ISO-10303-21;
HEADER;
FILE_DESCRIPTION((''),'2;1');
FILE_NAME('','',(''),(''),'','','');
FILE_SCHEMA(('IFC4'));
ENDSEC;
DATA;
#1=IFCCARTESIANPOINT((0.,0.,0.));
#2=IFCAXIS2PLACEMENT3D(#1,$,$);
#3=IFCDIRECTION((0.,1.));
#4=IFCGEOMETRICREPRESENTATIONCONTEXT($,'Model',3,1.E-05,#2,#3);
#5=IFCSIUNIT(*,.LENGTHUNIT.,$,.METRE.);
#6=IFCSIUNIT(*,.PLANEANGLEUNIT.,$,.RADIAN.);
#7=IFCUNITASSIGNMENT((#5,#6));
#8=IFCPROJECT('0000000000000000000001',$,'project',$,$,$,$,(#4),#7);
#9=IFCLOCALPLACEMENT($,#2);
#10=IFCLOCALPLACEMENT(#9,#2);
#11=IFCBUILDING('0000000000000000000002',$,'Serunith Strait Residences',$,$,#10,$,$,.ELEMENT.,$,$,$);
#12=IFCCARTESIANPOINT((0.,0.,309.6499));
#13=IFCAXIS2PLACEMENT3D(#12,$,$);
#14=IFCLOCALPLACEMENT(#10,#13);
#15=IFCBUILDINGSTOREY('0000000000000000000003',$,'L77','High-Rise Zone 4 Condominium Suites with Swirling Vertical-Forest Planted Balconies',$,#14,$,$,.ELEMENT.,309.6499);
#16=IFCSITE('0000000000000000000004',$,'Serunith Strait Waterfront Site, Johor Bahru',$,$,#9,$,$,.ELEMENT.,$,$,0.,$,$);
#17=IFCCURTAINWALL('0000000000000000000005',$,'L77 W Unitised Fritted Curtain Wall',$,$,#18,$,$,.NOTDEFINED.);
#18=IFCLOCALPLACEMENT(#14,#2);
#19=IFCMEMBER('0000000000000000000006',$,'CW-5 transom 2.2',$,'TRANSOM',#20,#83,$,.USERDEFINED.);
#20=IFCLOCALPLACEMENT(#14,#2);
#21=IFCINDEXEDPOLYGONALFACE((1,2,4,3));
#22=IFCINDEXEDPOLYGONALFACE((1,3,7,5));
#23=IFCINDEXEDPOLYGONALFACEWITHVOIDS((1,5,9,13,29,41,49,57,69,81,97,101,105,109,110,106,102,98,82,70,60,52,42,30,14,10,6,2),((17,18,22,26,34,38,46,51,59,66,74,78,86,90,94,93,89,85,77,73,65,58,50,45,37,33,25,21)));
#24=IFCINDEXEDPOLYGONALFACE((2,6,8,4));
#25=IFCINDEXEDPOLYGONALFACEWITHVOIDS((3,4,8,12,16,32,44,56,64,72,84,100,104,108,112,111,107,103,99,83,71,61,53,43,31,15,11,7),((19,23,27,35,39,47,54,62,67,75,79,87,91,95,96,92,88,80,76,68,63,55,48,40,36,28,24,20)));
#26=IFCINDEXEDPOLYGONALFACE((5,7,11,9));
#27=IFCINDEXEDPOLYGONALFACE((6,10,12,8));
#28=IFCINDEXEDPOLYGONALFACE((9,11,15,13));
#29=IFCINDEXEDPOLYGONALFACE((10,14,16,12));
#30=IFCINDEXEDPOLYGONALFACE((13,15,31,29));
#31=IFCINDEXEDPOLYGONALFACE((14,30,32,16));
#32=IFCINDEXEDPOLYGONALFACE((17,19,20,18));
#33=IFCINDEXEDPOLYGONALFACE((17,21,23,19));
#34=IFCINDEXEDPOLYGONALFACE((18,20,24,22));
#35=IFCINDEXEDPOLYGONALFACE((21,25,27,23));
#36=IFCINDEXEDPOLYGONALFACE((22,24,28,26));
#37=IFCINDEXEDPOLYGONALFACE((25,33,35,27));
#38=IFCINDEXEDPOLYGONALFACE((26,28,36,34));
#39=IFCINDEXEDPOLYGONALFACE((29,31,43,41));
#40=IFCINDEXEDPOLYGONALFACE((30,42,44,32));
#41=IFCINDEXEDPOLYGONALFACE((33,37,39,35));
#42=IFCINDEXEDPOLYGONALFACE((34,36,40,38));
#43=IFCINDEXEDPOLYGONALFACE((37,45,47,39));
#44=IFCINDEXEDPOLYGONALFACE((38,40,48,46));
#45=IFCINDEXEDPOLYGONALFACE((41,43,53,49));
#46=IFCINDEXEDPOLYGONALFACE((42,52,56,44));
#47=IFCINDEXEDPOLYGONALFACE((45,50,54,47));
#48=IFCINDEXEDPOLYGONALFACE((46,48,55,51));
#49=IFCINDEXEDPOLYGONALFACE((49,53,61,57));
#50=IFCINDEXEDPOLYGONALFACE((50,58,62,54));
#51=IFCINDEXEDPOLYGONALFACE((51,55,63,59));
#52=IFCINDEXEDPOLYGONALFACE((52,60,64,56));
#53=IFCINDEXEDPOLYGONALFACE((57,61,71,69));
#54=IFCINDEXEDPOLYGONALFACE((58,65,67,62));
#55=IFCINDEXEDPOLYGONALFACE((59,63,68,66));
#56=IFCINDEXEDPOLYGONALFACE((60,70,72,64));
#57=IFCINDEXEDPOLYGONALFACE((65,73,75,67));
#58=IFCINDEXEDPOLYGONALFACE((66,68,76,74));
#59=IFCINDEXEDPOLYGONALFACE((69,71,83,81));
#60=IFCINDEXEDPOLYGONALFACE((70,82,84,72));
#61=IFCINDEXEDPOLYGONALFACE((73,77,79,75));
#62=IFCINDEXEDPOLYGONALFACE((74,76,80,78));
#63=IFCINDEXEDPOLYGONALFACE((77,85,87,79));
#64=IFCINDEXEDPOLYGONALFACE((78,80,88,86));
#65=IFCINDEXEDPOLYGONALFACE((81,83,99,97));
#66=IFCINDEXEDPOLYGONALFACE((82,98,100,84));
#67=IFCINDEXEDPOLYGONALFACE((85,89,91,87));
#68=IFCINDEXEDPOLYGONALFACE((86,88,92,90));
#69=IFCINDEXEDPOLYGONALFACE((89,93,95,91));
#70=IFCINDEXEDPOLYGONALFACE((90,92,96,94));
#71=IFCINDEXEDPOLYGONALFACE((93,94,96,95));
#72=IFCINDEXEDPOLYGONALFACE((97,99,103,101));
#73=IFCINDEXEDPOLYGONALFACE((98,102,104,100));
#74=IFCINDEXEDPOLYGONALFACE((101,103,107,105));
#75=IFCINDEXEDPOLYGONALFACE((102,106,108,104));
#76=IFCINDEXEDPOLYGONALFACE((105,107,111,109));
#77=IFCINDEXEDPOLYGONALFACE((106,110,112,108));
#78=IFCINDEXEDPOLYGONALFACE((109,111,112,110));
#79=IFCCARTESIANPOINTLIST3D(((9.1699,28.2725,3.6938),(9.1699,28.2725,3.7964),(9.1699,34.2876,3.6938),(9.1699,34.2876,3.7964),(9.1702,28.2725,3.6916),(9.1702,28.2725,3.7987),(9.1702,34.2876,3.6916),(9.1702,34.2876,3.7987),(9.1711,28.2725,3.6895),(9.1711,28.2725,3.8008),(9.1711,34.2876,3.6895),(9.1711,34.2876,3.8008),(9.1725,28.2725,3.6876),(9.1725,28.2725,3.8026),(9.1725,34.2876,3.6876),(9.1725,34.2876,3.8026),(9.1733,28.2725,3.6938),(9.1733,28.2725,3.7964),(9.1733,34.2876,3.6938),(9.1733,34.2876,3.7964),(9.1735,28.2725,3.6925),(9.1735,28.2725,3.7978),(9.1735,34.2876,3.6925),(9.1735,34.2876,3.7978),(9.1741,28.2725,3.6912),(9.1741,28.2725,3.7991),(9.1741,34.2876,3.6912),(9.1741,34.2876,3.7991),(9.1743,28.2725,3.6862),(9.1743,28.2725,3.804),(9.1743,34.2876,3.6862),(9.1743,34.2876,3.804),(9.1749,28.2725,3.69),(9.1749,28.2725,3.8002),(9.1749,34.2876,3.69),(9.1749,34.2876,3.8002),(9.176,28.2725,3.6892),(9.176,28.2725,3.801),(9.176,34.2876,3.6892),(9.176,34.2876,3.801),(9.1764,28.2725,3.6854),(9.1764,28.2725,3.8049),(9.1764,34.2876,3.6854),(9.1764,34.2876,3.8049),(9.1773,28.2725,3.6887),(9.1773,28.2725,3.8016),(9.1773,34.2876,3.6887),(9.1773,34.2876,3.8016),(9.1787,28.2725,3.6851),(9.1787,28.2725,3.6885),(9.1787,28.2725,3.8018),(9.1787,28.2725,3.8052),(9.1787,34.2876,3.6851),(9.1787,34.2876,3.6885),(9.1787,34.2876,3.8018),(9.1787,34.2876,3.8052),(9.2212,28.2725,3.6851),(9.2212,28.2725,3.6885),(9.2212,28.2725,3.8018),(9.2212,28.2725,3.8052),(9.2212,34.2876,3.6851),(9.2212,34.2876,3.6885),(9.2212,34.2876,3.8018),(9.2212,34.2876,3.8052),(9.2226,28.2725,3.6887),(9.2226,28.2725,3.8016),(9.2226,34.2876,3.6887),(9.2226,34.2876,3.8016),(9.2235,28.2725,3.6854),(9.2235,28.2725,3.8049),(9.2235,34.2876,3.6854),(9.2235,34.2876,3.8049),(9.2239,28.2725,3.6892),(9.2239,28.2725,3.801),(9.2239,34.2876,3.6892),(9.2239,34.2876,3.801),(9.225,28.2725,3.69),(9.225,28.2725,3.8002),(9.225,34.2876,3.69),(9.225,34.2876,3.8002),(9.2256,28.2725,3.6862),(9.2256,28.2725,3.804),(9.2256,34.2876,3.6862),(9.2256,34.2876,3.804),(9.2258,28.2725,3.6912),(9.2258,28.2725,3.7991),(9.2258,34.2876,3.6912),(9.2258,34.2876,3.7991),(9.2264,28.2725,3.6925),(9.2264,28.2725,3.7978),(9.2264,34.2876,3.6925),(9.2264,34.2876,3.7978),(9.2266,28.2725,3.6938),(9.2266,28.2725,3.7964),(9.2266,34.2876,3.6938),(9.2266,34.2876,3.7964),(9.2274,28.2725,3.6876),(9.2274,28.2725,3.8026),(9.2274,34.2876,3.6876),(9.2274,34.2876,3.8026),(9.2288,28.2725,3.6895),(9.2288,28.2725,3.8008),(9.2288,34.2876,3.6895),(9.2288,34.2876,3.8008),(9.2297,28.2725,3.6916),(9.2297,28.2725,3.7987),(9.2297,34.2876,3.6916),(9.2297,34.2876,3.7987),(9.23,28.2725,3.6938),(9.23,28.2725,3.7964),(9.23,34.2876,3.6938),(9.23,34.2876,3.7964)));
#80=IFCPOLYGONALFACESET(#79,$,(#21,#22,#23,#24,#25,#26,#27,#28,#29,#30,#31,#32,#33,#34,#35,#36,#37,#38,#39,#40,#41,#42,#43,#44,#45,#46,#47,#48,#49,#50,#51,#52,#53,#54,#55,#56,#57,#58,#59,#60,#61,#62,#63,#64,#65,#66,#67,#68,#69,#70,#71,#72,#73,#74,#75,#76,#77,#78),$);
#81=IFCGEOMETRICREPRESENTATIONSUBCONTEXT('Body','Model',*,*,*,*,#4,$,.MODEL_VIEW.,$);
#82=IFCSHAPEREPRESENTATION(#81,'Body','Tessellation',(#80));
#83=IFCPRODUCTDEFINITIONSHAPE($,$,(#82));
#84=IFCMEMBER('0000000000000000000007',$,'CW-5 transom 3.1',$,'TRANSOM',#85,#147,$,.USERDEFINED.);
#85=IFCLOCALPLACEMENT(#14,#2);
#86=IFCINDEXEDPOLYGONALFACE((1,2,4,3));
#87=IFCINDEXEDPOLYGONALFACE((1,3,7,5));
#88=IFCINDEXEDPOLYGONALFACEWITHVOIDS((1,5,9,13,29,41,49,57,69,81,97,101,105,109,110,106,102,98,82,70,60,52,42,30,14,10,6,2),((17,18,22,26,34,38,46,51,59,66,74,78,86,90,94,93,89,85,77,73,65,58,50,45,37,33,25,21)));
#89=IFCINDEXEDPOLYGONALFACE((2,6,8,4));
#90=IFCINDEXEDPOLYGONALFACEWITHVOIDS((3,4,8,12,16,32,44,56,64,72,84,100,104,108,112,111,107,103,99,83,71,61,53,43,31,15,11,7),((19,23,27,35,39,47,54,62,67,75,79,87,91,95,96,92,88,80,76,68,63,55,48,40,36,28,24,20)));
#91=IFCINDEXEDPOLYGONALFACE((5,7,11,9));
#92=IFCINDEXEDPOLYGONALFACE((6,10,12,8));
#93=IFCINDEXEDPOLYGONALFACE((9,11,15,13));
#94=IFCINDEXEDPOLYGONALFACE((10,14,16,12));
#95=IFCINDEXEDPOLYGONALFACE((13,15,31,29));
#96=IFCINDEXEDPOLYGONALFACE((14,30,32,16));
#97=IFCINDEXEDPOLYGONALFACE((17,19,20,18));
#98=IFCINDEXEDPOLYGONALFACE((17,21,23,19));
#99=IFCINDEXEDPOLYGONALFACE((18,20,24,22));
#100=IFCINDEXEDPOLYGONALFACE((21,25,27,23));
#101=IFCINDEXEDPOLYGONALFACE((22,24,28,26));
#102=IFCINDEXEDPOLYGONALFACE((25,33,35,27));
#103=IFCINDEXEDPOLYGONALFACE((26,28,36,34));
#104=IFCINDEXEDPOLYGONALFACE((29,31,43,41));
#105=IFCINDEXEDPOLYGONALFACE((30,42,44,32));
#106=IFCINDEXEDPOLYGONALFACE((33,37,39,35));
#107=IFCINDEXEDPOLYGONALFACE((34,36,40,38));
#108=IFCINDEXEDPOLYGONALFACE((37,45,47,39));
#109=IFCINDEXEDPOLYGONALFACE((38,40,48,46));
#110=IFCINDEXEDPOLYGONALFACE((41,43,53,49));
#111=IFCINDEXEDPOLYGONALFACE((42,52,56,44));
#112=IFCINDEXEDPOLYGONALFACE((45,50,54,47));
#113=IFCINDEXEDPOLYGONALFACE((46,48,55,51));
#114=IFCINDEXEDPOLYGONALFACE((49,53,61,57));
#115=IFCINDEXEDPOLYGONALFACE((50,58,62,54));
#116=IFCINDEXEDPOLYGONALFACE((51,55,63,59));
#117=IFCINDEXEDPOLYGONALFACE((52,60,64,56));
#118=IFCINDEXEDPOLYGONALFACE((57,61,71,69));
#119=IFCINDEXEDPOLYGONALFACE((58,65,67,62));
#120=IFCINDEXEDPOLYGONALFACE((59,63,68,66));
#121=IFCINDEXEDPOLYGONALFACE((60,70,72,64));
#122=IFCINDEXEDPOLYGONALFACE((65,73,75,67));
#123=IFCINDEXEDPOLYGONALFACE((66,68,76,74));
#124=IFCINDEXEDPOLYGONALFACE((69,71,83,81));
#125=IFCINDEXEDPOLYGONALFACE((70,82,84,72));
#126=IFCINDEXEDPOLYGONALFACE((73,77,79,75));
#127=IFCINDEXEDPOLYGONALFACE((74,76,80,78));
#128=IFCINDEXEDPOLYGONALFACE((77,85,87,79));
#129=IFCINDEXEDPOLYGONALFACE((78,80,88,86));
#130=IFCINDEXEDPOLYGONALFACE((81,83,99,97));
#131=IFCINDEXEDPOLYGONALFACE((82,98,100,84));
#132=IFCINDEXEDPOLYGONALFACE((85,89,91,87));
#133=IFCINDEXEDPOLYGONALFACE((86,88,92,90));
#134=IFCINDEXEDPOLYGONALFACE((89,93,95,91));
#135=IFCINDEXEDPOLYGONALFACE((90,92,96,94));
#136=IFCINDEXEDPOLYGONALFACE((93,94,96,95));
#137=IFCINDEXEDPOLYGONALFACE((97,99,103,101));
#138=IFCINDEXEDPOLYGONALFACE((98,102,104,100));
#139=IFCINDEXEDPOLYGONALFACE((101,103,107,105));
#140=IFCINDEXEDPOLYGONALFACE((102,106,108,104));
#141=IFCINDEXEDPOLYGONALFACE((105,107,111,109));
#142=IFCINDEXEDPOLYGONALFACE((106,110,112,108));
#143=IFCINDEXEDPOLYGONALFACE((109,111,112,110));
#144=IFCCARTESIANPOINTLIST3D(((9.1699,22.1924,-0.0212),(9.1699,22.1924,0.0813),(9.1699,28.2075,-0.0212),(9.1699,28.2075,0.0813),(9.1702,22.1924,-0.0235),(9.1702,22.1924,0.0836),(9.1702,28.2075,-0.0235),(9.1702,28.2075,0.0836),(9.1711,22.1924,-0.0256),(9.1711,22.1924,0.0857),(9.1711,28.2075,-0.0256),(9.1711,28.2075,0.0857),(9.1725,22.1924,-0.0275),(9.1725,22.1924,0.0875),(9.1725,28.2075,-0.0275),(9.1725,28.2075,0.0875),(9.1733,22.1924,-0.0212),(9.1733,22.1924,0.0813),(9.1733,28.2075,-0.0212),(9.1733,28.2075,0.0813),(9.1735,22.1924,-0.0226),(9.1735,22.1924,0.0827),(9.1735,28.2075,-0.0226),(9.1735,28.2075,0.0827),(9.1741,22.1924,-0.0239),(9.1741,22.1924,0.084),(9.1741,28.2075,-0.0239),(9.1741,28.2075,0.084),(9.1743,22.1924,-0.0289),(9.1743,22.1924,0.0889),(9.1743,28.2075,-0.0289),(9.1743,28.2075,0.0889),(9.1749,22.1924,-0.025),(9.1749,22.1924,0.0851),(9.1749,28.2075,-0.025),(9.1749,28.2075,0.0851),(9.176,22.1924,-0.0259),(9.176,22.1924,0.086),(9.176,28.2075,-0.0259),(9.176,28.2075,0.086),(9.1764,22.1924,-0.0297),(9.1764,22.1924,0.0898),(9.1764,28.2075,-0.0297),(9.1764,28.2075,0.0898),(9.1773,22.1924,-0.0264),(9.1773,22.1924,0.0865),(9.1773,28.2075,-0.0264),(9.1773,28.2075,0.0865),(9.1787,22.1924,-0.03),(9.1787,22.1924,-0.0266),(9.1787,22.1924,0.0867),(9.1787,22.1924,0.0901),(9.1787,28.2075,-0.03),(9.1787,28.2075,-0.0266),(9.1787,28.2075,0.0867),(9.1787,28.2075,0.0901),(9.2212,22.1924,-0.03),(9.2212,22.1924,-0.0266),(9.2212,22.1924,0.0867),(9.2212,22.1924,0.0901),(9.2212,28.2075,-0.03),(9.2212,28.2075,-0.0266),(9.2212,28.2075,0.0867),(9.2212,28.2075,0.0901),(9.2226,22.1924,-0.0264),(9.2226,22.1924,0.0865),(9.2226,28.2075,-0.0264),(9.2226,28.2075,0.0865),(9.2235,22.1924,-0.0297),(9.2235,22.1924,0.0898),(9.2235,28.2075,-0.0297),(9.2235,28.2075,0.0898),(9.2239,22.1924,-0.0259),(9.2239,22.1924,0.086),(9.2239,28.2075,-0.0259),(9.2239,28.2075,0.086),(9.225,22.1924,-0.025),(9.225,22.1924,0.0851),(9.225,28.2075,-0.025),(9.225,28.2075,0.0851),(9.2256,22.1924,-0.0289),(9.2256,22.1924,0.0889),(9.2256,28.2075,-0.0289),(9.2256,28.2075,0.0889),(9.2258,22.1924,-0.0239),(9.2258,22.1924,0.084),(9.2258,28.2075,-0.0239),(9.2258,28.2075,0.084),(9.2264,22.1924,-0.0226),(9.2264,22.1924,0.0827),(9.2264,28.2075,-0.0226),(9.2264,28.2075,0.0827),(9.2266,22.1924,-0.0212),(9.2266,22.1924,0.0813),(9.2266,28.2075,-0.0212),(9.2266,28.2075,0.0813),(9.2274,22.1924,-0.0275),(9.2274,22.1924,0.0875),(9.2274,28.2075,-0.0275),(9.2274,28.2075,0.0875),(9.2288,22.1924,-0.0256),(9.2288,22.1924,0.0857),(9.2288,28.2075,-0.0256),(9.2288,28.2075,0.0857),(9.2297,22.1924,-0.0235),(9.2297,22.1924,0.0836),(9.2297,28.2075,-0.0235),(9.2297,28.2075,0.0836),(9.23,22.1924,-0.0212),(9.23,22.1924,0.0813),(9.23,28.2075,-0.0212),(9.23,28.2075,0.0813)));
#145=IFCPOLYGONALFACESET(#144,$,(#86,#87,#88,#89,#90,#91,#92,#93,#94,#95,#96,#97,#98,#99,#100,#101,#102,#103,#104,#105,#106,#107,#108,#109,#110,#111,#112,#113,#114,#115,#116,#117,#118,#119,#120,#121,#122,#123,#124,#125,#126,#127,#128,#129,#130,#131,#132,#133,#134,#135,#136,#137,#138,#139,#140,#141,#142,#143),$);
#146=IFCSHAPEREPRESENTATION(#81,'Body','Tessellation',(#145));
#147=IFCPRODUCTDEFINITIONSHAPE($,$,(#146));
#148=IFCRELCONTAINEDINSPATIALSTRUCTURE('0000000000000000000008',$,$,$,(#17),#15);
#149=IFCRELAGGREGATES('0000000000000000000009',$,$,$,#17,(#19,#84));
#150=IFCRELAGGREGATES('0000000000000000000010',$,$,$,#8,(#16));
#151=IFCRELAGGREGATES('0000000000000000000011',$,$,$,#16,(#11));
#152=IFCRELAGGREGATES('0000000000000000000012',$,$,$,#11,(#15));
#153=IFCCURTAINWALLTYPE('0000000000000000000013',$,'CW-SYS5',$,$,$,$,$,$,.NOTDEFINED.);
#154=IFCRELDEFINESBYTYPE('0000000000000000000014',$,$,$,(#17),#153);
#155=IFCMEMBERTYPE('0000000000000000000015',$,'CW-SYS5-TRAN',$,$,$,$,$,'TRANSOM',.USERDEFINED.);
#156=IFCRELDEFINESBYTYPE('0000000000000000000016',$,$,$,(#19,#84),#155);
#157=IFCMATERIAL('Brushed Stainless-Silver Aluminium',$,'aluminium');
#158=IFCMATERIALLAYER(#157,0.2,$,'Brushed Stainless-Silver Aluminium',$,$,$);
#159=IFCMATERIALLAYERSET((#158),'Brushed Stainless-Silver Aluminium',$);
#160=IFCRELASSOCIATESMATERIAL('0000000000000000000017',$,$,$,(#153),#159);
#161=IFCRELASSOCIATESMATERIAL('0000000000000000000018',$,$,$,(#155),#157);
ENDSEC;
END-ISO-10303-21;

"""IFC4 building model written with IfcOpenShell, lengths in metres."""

from ifc_helpers import new_model, si_unit, direction, frame, origin, origin_2d, place, context, subcontext, project, spatial, hollow_rectangle, extrude, source, transform, mapped, material, layer, layer_set, material_profile, profile_set, type_object, element, aggregate, save


model = new_model("IFC4")

# Units and contexts
model_context = context("Model", 3, precision=1e-05, world=origin(), true_north=direction((0.0, 1.0)))
body_context = subcontext(model_context, "Body", "Model", "MODEL_VIEW")
ifc_project = project(units=[si_unit("LENGTHUNIT", "METRE"), si_unit("PLANEANGLEUNIT", "RADIAN")], contexts=[model_context])

# Site, building, storey
site_placement = place(None, origin())
site = spatial("IfcSite", under=ifc_project, at=site_placement, Name="Serunith Strait Waterfront Site, Johor Bahru", CompositionType="ELEMENT", RefElevation=0.0)
building_placement = place(site_placement, origin())
building = spatial("IfcBuilding", under=site, at=building_placement, Name="Serunith Strait Residences", CompositionType="ELEMENT")
storey_placement = place(building_placement, frame((0.0, 0.0, 309.6499)))
storey = spatial("IfcBuildingStorey", under=building, at=storey_placement, Name="L77", Description="High-Rise Zone 4 Condominium Suites with Swirling Vertical-Forest Planted Balconies", CompositionType="ELEMENT", Elevation=309.6499)

# Curtain wall, members
ifc_material_1 = material(Name="Brushed Stainless-Silver Aluminium", Category="aluminium")
ifc_layer_1 = layer(ifc_material_1, 0.2, Name="Brushed Stainless-Silver Aluminium")
ifc_layer_set_1 = layer_set([ifc_layer_1], Name="Brushed Stainless-Silver Aluminium")
curtain_wall_type = type_object("IfcCurtainWallType", Name="CW-SYS5", PredefinedType="NOTDEFINED", material=ifc_layer_set_1)
curtain_wall_placement = place(storey_placement, origin())
curtain_wall = element("IfcCurtainWall", 1, at=curtain_wall_placement, inside=storey, type_object=curtain_wall_type, Name="L77 W Unitised Fritted Curtain Wall", PredefinedType="NOTDEFINED")
ifc_material_profile_1 = material_profile(ifc_material_1, hollow_rectangle(XDim=0.0601, YDim=0.1201, WallThickness=0.0034, InnerFilletRadius=0.0054, OuterFilletRadius=0.0088, at=origin_2d()), Name="ALU 120x60x3.5")
ifc_profile_set_1 = profile_set([ifc_material_profile_1], Name="Brushed Stainless-Silver Aluminium")
member_type_1 = type_object("IfcMemberType", Name="CW-SYS5-TRAN", ElementType="TRANSOM", PredefinedType="USERDEFINED", material=ifc_profile_set_1)
shared_shape_1 = source(origin(), body_context, "Body", "SweptSolid", [
    extrude(hollow_rectangle(XDim=0.0601, YDim=0.1201, WallThickness=0.0034, InnerFilletRadius=0.0054, OuterFilletRadius=0.0088, at=origin_2d()), origin(), (0.0, 0.0, 1.0), 6.0151),
])
member_1_placement = place(storey_placement, frame((9.2, 34.2876, 3.7451), z_axis=(0.0, -1.0, 0.0), x_axis=(1.0, 0.0, 0.0)))
member_1 = element("IfcMember", 2, at=member_1_placement, type_object=member_type_1, Name="CW-5 transom 2.2", ObjectType="TRANSOM", PredefinedType="USERDEFINED", context=body_context, shape_type="MappedRepresentation", body=[
    mapped(shared_shape_1, transform((0.0, 0.0, 0.0), scale=1.0)),
])
member_2_placement = place(storey_placement, frame((9.2, 28.2075, 0.03), z_axis=(0.0, -1.0, 0.0), x_axis=(1.0, 0.0, 0.0)))
member_2 = element("IfcMember", 3, at=member_2_placement, type_object=member_type_1, Name="CW-5 transom 3.1", ObjectType="TRANSOM", PredefinedType="USERDEFINED", context=body_context, shape_type="MappedRepresentation", body=[
    mapped(shared_shape_1, transform((0.0, 0.0, 0.0), scale=1.0)),
])
aggregate(curtain_wall, [member_1, member_2])

save(model, "model.ifc")
